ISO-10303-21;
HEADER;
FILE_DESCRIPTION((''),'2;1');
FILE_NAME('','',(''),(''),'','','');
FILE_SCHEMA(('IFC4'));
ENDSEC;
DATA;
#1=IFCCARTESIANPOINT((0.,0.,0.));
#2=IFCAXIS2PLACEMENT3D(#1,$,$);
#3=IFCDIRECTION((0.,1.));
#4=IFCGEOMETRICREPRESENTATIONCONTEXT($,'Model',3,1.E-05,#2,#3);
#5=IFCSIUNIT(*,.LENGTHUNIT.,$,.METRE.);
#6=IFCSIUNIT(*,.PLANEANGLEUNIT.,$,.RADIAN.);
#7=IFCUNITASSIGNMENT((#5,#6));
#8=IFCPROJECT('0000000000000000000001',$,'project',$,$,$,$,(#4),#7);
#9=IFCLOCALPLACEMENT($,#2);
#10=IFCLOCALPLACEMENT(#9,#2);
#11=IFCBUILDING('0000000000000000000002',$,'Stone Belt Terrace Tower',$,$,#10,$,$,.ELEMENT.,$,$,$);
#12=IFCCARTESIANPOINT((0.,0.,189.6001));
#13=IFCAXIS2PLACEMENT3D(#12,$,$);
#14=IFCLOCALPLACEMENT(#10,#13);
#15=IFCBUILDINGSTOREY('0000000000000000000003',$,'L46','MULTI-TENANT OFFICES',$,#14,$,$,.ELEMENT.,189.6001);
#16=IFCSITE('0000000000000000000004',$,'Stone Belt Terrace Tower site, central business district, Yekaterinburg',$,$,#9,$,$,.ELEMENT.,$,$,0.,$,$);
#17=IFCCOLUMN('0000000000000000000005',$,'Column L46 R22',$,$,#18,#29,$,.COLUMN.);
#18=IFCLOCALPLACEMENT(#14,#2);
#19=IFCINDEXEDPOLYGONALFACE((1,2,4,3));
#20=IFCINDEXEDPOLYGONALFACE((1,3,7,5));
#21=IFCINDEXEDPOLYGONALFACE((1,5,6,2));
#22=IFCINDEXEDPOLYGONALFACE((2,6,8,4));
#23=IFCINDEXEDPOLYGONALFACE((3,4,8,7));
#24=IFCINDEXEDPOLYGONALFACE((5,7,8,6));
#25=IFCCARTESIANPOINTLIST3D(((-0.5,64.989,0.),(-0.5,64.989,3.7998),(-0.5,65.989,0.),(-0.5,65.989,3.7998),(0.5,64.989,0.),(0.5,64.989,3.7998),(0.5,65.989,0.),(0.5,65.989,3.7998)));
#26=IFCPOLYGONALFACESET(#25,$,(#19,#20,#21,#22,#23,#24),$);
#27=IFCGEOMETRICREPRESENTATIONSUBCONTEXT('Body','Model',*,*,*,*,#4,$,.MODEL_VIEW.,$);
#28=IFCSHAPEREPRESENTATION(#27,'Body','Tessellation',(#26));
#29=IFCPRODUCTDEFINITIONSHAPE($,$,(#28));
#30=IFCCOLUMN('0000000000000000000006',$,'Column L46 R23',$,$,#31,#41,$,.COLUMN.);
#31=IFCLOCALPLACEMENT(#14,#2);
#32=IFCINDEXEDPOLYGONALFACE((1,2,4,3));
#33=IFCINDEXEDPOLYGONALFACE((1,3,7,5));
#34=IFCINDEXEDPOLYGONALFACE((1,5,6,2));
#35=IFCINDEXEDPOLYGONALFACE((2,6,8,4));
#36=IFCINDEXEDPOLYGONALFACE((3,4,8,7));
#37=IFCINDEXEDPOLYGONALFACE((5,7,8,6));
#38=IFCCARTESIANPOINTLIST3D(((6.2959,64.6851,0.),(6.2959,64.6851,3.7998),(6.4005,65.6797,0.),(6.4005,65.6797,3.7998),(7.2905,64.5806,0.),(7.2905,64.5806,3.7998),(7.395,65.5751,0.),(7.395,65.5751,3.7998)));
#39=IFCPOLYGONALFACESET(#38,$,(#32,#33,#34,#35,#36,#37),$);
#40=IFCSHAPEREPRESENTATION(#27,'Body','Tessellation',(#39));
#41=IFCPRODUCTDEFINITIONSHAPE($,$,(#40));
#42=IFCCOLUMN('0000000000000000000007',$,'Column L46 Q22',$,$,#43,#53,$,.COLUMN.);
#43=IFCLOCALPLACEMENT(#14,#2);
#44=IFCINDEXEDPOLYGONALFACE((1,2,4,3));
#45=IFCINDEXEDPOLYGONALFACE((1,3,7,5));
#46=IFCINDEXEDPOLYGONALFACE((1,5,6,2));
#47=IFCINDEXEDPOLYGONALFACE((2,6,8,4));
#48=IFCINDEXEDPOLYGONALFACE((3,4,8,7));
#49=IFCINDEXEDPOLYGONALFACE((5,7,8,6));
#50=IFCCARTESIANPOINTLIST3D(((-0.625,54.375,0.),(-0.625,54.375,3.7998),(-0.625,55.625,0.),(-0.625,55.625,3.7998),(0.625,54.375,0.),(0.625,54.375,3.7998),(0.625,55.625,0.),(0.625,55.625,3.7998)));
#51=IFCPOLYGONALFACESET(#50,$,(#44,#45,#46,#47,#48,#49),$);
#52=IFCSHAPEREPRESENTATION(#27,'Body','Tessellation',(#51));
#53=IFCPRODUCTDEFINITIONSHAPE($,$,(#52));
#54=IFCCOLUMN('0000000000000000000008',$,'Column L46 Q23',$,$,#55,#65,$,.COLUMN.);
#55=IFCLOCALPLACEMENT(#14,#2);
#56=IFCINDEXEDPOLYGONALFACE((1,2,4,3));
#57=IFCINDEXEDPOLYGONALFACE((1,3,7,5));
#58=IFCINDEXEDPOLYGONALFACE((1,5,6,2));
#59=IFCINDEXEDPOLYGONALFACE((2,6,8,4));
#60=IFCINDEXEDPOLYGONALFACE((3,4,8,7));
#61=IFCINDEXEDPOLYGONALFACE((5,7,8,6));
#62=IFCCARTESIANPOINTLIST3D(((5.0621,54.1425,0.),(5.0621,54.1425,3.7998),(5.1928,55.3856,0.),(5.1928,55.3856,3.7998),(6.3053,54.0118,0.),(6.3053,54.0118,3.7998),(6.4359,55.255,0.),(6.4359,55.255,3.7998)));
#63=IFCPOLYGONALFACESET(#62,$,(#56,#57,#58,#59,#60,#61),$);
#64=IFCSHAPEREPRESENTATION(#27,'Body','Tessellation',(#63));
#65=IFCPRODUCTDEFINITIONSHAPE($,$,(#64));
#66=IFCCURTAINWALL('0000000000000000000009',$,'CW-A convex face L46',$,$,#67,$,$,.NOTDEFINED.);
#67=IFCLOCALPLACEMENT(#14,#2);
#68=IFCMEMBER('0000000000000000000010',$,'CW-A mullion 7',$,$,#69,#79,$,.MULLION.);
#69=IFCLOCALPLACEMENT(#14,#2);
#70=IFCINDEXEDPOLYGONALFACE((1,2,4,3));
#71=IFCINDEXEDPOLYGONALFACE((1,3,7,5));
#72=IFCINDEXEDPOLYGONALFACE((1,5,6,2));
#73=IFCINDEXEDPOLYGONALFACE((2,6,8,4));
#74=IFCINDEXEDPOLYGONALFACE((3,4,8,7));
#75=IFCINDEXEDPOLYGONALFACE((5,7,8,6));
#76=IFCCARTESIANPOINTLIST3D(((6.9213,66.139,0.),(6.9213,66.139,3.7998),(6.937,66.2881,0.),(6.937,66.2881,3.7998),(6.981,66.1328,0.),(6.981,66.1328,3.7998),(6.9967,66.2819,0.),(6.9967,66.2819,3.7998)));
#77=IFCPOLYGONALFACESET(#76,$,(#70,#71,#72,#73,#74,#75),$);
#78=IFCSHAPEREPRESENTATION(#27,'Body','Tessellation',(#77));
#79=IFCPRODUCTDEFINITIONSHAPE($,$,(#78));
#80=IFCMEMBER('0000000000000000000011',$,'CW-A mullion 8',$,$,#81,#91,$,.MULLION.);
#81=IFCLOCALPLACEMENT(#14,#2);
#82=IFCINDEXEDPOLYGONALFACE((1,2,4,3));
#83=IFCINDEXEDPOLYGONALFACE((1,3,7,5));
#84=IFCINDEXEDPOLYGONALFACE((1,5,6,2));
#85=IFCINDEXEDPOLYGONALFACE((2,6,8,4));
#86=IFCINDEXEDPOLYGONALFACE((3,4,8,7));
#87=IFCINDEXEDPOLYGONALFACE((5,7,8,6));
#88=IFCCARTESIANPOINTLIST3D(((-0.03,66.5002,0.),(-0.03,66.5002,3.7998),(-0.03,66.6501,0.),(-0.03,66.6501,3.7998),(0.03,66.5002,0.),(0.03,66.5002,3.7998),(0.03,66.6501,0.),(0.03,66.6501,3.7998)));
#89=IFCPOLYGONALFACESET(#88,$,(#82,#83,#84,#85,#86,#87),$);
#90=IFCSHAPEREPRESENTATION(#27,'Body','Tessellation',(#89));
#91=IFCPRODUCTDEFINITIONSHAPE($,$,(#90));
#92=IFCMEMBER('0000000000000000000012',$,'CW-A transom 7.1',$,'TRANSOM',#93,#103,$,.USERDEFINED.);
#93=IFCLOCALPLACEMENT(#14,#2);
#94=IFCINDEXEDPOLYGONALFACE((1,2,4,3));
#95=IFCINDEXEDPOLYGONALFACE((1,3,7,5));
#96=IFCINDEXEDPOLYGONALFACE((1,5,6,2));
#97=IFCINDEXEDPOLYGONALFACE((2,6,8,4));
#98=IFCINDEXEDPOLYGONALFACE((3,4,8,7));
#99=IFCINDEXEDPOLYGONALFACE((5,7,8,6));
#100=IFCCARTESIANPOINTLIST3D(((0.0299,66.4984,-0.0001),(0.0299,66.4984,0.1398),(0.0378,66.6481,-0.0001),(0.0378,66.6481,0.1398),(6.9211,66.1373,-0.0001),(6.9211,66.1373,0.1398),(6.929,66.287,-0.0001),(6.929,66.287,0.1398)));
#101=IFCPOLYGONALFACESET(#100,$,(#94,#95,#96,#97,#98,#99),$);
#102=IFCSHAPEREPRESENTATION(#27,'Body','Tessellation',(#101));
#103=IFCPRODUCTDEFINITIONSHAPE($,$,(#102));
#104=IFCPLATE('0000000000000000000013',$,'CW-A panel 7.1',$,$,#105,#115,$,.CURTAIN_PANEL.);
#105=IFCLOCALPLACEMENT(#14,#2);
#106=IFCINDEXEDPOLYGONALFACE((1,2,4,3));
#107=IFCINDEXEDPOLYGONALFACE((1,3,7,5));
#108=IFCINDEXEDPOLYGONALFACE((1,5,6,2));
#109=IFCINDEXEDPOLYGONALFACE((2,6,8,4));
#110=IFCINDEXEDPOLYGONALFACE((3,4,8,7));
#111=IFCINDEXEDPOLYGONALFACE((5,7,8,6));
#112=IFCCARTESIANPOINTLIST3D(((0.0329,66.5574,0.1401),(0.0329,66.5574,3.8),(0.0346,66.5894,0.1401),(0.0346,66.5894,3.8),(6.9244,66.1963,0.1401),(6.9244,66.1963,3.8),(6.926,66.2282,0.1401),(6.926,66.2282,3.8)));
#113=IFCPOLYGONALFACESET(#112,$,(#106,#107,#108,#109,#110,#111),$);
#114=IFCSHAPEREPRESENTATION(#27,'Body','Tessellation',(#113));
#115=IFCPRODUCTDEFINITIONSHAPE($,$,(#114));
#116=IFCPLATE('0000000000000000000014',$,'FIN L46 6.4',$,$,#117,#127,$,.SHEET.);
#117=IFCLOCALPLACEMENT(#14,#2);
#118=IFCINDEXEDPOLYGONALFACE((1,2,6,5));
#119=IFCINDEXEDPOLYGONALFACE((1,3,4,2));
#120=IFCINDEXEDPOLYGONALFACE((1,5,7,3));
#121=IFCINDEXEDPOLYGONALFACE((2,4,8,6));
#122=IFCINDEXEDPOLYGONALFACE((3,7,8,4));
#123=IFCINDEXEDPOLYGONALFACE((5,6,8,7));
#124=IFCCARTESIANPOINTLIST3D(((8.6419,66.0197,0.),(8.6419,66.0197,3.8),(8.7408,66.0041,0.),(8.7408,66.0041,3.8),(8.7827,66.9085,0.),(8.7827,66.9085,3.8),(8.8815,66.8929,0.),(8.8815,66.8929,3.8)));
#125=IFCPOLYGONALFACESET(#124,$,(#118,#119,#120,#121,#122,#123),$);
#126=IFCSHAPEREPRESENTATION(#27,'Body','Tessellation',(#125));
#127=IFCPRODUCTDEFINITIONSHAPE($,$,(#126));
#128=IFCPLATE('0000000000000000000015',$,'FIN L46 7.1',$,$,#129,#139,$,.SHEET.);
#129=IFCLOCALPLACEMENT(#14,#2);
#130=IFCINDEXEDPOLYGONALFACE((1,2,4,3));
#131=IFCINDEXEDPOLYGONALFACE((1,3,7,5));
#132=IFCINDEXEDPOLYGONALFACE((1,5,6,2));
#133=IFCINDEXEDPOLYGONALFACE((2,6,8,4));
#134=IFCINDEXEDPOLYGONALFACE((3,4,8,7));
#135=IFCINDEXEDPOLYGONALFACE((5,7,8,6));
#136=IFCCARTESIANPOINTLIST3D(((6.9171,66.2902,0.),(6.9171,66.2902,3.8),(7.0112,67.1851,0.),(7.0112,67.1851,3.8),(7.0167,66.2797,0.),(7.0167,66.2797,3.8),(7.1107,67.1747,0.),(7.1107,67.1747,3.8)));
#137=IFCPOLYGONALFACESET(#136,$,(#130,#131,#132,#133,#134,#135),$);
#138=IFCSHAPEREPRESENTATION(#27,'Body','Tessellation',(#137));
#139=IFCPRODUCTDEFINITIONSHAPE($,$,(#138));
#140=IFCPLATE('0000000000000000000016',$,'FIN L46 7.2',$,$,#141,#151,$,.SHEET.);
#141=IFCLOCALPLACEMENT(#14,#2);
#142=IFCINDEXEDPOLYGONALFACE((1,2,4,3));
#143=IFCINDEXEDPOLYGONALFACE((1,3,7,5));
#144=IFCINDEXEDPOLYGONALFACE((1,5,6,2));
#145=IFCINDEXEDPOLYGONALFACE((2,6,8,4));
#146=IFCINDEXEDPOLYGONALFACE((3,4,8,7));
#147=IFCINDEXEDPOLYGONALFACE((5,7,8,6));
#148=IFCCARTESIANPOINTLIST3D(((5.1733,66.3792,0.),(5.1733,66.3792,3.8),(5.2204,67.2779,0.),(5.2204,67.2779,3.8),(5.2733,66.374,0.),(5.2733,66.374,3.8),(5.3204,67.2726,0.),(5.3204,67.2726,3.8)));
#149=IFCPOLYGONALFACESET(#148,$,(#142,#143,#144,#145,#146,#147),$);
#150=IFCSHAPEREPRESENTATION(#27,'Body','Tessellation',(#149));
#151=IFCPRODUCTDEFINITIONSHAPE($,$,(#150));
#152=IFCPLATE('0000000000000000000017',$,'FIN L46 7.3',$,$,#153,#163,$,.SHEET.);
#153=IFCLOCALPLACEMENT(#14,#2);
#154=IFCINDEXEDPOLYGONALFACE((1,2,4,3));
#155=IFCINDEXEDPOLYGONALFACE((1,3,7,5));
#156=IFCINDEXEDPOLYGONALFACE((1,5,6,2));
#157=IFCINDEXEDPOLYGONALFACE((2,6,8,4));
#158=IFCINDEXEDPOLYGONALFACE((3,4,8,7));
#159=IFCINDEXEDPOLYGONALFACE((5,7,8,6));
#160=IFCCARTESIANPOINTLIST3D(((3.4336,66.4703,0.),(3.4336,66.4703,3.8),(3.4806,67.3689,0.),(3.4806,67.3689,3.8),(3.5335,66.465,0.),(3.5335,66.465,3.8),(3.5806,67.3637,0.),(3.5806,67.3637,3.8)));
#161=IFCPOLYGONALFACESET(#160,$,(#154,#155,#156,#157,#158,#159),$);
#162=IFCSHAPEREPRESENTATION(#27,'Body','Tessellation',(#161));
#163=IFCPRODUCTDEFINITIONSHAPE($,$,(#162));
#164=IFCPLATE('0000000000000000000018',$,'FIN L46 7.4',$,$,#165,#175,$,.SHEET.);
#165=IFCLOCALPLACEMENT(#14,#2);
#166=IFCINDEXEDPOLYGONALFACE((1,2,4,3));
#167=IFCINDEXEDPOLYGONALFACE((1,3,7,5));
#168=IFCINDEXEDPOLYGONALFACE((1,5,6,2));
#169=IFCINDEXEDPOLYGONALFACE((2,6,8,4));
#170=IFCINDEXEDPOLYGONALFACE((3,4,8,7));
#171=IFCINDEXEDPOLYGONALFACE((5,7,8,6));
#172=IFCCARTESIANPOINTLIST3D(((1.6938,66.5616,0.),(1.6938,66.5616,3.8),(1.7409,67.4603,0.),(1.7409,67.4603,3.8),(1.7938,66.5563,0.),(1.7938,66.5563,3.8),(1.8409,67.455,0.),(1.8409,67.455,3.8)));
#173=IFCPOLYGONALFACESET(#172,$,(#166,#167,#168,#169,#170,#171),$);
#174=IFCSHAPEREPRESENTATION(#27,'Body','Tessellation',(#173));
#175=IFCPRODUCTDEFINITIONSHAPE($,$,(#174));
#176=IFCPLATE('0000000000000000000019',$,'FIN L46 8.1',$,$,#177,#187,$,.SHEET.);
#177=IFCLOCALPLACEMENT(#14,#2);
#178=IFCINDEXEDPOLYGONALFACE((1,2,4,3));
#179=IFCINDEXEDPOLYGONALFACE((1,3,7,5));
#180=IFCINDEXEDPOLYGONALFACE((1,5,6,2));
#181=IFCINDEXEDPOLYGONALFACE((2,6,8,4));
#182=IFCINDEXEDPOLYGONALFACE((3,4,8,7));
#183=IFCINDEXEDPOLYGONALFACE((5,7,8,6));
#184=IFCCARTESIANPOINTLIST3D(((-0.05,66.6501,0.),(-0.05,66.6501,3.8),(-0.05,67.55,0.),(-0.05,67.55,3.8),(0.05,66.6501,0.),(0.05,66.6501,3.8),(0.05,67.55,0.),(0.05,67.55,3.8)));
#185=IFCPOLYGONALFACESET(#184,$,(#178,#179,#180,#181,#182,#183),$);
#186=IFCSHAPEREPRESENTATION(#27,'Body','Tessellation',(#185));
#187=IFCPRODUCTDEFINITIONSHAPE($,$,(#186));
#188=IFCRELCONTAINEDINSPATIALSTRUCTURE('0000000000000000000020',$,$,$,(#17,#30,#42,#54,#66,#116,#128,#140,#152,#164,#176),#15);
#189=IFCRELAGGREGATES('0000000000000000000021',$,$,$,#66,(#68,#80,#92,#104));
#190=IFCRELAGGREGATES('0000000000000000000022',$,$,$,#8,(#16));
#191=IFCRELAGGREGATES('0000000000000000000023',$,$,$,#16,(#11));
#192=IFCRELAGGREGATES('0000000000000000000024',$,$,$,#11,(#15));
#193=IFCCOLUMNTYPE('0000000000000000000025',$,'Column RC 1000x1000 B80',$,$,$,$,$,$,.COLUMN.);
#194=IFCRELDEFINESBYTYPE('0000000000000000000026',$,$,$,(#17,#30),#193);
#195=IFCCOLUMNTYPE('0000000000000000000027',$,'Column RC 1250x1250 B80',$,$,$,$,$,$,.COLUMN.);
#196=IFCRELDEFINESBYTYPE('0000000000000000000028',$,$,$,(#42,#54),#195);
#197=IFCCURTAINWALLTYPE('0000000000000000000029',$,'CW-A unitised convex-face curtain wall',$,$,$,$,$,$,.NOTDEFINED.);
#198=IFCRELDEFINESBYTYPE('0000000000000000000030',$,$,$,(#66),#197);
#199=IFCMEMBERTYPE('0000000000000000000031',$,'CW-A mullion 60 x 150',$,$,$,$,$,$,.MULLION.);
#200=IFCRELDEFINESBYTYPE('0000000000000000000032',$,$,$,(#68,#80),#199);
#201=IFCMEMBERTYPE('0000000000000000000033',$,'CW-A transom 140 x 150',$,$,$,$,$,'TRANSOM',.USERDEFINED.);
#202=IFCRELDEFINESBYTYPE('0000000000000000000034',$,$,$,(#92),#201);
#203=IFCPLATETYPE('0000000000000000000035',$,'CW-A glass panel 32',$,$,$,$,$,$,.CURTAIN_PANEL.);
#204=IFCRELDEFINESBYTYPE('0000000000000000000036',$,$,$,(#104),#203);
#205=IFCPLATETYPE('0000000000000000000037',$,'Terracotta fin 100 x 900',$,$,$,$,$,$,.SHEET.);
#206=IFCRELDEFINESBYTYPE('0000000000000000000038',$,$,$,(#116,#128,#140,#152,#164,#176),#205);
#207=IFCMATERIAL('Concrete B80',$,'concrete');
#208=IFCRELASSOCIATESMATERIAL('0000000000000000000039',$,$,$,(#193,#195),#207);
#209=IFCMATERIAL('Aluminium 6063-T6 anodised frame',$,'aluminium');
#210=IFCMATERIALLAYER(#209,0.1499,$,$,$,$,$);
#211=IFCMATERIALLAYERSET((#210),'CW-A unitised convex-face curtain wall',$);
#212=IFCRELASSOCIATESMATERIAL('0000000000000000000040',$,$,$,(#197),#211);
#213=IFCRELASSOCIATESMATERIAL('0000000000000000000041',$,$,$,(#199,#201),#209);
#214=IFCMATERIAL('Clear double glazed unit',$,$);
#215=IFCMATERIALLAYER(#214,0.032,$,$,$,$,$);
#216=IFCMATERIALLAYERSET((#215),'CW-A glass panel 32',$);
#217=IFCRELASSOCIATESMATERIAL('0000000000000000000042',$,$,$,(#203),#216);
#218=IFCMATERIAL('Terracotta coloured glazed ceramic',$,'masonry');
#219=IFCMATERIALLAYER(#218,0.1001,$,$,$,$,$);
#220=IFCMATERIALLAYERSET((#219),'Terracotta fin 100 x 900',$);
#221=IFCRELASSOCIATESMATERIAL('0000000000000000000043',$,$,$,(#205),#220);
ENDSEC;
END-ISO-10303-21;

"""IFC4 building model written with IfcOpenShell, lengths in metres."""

from ifc_helpers import new_model, si_unit, direction, frame, origin, origin_2d, place, context, subcontext, project, spatial, rectangle, extrude, material, layer, layer_set, material_profile, profile_set, type_object, element, aggregate, save


model = new_model("IFC4")

# Units and contexts
model_context = context("Model", 3, precision=1e-05, world=origin(), true_north=direction((0.0, 1.0)))
body_context = subcontext(model_context, "Body", "Model", "MODEL_VIEW")
ifc_project = project(units=[si_unit("LENGTHUNIT", "METRE"), si_unit("PLANEANGLEUNIT", "RADIAN")], contexts=[model_context])

# Site, building, storey
site_placement = place(None, origin())
site = spatial("IfcSite", under=ifc_project, at=site_placement, Name="Stone Belt Terrace Tower site, central business district, Yekaterinburg", CompositionType="ELEMENT", RefElevation=0.0)
building_placement = place(site_placement, origin())
building = spatial("IfcBuilding", under=site, at=building_placement, Name="Stone Belt Terrace Tower", CompositionType="ELEMENT")
storey_placement = place(building_placement, frame((0.0, 0.0, 189.6001)))
storey = spatial("IfcBuildingStorey", under=building, at=storey_placement, Name="L46", Description="MULTI-TENANT OFFICES", CompositionType="ELEMENT", Elevation=189.6001)

# Columns
ifc_material_1 = material(Name="Concrete B80", Category="concrete")
ifc_material_profile_1 = material_profile(ifc_material_1, rectangle(XDim=1.0, YDim=1.0, at=origin_2d()), Name="RC 1000x1000")
ifc_profile_set_1 = profile_set([ifc_material_profile_1], Name="Concrete B80")
column_type_1 = type_object("IfcColumnType", Name="Column RC 1000x1000 B80", PredefinedType="COLUMN", material=ifc_profile_set_1)
for number, where, z_axis, x_axis, name in (
    (1, (0.0, 65.489, 0.0), (0.0, 0.0, 1.0), (1.0, 0.0, 0.0), "Column L46 R22"),
    (2, (6.8455, 65.1301, 0.0), (0.0, 0.0, 1.0), (0.994522, -0.104528, 0.0), "Column L46 R23"),
):
    element("IfcColumn", number, at=place(storey_placement, frame(where, z_axis=z_axis, x_axis=x_axis)), inside=storey, type_object=column_type_1, Name=name, PredefinedType="COLUMN", context=body_context, shape_type="SweptSolid", body=[
        extrude(rectangle(XDim=1.0, YDim=1.0, at=origin_2d()), origin(), (0.0, 0.0, 1.0), 3.7998),
    ])
ifc_material_profile_2 = material_profile(ifc_material_1, rectangle(XDim=1.25, YDim=1.25, at=origin_2d()), Name="RC 1250x1250")
ifc_profile_set_2 = profile_set([ifc_material_profile_2], Name="Concrete B80")
column_type_2 = type_object("IfcColumnType", Name="Column RC 1250x1250 B80", PredefinedType="COLUMN", material=ifc_profile_set_2)
for number, where, z_axis, x_axis, name in (
    (3, (0.0, 55.0, 0.0), (0.0, 0.0, 1.0), (1.0, 0.0, 0.0), "Column L46 Q22"),
    (4, (5.749, 54.6987, 0.0), (0.0, 0.0, 1.0), (0.994522, -0.104528, 0.0), "Column L46 Q23"),
):
    element("IfcColumn", number, at=place(storey_placement, frame(where, z_axis=z_axis, x_axis=x_axis)), inside=storey, type_object=column_type_2, Name=name, PredefinedType="COLUMN", context=body_context, shape_type="SweptSolid", body=[
        extrude(rectangle(XDim=1.25, YDim=1.25, at=origin_2d()), origin(), (0.0, 0.0, 1.0), 3.7998),
    ])

# Curtain wall, members, plate
ifc_material_2 = material(Name="Aluminium 6063-T6 anodised frame", Category="aluminium")
ifc_layer_1 = layer(ifc_material_2, 0.1499)
ifc_layer_set_1 = layer_set([ifc_layer_1], Name="CW-A unitised convex-face curtain wall")
curtain_wall_type = type_object("IfcCurtainWallType", Name="CW-A unitised convex-face curtain wall", PredefinedType="NOTDEFINED", material=ifc_layer_set_1)
curtain_wall_placement = place(storey_placement, origin())
curtain_wall = element("IfcCurtainWall", 5, at=curtain_wall_placement, inside=storey, type_object=curtain_wall_type, Name="CW-A convex face L46", PredefinedType="NOTDEFINED")
ifc_material_profile_3 = material_profile(ifc_material_2, rectangle(XDim=0.1499, YDim=0.0601, at=origin_2d()), Name="Aluminium 6063-T6 60x150")
ifc_profile_set_3 = profile_set([ifc_material_profile_3], Name="Aluminium 6063-T6 anodised frame")
member_type_1 = type_object("IfcMemberType", Name="CW-A mullion 60 x 150", PredefinedType="MULLION", material=ifc_profile_set_3)
member_1_placement = place(storey_placement, frame((6.959, 66.2104, 0.0), z_axis=(0.0, 0.0, 1.0), x_axis=(-0.104528, -0.994522, 0.0)))
member_1 = element("IfcMember", 6, at=member_1_placement, type_object=member_type_1, Name="CW-A mullion 7", PredefinedType="MULLION", context=body_context, shape_type="SweptSolid", body=[
    extrude(rectangle(XDim=0.1499, YDim=0.0601, at=origin_2d()), origin(), (0.0, 0.0, 1.0), 3.7998),
])
member_2_placement = place(storey_placement, frame((0.0, 66.5752, 0.0), z_axis=(0.0, 0.0, 1.0), x_axis=(0.0, -1.0, 0.0)))
member_2 = element("IfcMember", 7, at=member_2_placement, type_object=member_type_1, Name="CW-A mullion 8", PredefinedType="MULLION", context=body_context, shape_type="SweptSolid", body=[
    extrude(rectangle(XDim=0.1499, YDim=0.0601, at=origin_2d()), origin(), (0.0, 0.0, 1.0), 3.7998),
])
ifc_material_profile_4 = material_profile(ifc_material_2, rectangle(XDim=0.1499, YDim=0.1399, at=origin_2d()), Name="Aluminium 6063-T6 150x140")
ifc_profile_set_4 = profile_set([ifc_material_profile_4], Name="Aluminium 6063-T6 anodised frame")
member_type_2 = type_object("IfcMemberType", Name="CW-A transom 140 x 150", ElementType="TRANSOM", PredefinedType="USERDEFINED", material=ifc_profile_set_4)
member_3_placement = place(storey_placement, frame((6.925, 66.2122, 0.0698), z_axis=(-0.99863, 0.052327, 0.0), x_axis=(-0.052327, -0.99863, 0.0)))
member_3 = element("IfcMember", 8, at=member_3_placement, type_object=member_type_2, Name="CW-A transom 7.1", ObjectType="TRANSOM", PredefinedType="USERDEFINED", context=body_context, shape_type="SweptSolid", body=[
    extrude(rectangle(XDim=0.1499, YDim=0.1399, at=origin_2d()), origin(), (0.0, 0.0, 1.0), 6.9006),
])
ifc_material_3 = material(Name="Clear double glazed unit")
ifc_layer_2 = layer(ifc_material_3, 0.032)
ifc_layer_set_2 = layer_set([ifc_layer_2], Name="CW-A glass panel 32")
plate_type_1 = type_object("IfcPlateType", Name="CW-A glass panel 32", PredefinedType="CURTAIN_PANEL", material=ifc_layer_set_2)
plate_placement = place(storey_placement, frame((3.4795, 66.3928, 0.1401), z_axis=(0.0, 0.0, 1.0), x_axis=(-0.99863, 0.052336, 0.0)))
plate = element("IfcPlate", 9, at=plate_placement, type_object=plate_type_1, Name="CW-A panel 7.1", PredefinedType="CURTAIN_PANEL", context=body_context, shape_type="SweptSolid", body=[
    extrude(rectangle(XDim=6.9009, YDim=0.032, at=origin_2d()), origin(), (0.0, 0.0, 1.0), 3.6599),
])
aggregate(curtain_wall, [member_1, member_2, member_3, plate])

# Plates
ifc_material_4 = material(Name="Terracotta coloured glazed ceramic", Category="masonry")
ifc_layer_3 = layer(ifc_material_4, 0.1001)
ifc_layer_set_3 = layer_set([ifc_layer_3], Name="Terracotta fin 100 x 900")
plate_type_2 = type_object("IfcPlateType", Name="Terracotta fin 100 x 900", PredefinedType="SHEET", material=ifc_layer_set_3)
for number, where, z_axis, x_axis, name in (
    (10, (8.7617, 66.4563, 0.0), (0.0, 0.0, 1.0), (0.156434, 0.987688, 0.0), "FIN L46 6.4"),
    (11, (7.0139, 66.7324, 0.0), (0.0, 0.0, 1.0), (0.104528, 0.994522, 0.0), "FIN L46 7.1"),
    (12, (5.2468, 66.8259, 0.0), (0.0, 0.0, 1.0), (0.052336, 0.99863, 0.0), "FIN L46 7.2"),
    (13, (3.5071, 66.917, 0.0), (0.0, 0.0, 1.0), (0.052336, 0.99863, 0.0), "FIN L46 7.3"),
    (14, (1.7673, 67.0083, 0.0), (0.0, 0.0, 1.0), (0.052336, 0.99863, 0.0), "FIN L46 7.4"),
    (15, (0.0, 67.1001, 0.0), (0.0, 0.0, 1.0), (0.0, 1.0, 0.0), "FIN L46 8.1"),
):
    element("IfcPlate", number, at=place(storey_placement, frame(where, z_axis=z_axis, x_axis=x_axis)), inside=storey, type_object=plate_type_2, Name=name, PredefinedType="SHEET", context=body_context, shape_type="SweptSolid", body=[
        extrude(rectangle(XDim=0.8999, YDim=0.1001, at=origin_2d()), origin(), (0.0, 0.0, 1.0), 3.8),
    ])

save(model, "model.ifc")
